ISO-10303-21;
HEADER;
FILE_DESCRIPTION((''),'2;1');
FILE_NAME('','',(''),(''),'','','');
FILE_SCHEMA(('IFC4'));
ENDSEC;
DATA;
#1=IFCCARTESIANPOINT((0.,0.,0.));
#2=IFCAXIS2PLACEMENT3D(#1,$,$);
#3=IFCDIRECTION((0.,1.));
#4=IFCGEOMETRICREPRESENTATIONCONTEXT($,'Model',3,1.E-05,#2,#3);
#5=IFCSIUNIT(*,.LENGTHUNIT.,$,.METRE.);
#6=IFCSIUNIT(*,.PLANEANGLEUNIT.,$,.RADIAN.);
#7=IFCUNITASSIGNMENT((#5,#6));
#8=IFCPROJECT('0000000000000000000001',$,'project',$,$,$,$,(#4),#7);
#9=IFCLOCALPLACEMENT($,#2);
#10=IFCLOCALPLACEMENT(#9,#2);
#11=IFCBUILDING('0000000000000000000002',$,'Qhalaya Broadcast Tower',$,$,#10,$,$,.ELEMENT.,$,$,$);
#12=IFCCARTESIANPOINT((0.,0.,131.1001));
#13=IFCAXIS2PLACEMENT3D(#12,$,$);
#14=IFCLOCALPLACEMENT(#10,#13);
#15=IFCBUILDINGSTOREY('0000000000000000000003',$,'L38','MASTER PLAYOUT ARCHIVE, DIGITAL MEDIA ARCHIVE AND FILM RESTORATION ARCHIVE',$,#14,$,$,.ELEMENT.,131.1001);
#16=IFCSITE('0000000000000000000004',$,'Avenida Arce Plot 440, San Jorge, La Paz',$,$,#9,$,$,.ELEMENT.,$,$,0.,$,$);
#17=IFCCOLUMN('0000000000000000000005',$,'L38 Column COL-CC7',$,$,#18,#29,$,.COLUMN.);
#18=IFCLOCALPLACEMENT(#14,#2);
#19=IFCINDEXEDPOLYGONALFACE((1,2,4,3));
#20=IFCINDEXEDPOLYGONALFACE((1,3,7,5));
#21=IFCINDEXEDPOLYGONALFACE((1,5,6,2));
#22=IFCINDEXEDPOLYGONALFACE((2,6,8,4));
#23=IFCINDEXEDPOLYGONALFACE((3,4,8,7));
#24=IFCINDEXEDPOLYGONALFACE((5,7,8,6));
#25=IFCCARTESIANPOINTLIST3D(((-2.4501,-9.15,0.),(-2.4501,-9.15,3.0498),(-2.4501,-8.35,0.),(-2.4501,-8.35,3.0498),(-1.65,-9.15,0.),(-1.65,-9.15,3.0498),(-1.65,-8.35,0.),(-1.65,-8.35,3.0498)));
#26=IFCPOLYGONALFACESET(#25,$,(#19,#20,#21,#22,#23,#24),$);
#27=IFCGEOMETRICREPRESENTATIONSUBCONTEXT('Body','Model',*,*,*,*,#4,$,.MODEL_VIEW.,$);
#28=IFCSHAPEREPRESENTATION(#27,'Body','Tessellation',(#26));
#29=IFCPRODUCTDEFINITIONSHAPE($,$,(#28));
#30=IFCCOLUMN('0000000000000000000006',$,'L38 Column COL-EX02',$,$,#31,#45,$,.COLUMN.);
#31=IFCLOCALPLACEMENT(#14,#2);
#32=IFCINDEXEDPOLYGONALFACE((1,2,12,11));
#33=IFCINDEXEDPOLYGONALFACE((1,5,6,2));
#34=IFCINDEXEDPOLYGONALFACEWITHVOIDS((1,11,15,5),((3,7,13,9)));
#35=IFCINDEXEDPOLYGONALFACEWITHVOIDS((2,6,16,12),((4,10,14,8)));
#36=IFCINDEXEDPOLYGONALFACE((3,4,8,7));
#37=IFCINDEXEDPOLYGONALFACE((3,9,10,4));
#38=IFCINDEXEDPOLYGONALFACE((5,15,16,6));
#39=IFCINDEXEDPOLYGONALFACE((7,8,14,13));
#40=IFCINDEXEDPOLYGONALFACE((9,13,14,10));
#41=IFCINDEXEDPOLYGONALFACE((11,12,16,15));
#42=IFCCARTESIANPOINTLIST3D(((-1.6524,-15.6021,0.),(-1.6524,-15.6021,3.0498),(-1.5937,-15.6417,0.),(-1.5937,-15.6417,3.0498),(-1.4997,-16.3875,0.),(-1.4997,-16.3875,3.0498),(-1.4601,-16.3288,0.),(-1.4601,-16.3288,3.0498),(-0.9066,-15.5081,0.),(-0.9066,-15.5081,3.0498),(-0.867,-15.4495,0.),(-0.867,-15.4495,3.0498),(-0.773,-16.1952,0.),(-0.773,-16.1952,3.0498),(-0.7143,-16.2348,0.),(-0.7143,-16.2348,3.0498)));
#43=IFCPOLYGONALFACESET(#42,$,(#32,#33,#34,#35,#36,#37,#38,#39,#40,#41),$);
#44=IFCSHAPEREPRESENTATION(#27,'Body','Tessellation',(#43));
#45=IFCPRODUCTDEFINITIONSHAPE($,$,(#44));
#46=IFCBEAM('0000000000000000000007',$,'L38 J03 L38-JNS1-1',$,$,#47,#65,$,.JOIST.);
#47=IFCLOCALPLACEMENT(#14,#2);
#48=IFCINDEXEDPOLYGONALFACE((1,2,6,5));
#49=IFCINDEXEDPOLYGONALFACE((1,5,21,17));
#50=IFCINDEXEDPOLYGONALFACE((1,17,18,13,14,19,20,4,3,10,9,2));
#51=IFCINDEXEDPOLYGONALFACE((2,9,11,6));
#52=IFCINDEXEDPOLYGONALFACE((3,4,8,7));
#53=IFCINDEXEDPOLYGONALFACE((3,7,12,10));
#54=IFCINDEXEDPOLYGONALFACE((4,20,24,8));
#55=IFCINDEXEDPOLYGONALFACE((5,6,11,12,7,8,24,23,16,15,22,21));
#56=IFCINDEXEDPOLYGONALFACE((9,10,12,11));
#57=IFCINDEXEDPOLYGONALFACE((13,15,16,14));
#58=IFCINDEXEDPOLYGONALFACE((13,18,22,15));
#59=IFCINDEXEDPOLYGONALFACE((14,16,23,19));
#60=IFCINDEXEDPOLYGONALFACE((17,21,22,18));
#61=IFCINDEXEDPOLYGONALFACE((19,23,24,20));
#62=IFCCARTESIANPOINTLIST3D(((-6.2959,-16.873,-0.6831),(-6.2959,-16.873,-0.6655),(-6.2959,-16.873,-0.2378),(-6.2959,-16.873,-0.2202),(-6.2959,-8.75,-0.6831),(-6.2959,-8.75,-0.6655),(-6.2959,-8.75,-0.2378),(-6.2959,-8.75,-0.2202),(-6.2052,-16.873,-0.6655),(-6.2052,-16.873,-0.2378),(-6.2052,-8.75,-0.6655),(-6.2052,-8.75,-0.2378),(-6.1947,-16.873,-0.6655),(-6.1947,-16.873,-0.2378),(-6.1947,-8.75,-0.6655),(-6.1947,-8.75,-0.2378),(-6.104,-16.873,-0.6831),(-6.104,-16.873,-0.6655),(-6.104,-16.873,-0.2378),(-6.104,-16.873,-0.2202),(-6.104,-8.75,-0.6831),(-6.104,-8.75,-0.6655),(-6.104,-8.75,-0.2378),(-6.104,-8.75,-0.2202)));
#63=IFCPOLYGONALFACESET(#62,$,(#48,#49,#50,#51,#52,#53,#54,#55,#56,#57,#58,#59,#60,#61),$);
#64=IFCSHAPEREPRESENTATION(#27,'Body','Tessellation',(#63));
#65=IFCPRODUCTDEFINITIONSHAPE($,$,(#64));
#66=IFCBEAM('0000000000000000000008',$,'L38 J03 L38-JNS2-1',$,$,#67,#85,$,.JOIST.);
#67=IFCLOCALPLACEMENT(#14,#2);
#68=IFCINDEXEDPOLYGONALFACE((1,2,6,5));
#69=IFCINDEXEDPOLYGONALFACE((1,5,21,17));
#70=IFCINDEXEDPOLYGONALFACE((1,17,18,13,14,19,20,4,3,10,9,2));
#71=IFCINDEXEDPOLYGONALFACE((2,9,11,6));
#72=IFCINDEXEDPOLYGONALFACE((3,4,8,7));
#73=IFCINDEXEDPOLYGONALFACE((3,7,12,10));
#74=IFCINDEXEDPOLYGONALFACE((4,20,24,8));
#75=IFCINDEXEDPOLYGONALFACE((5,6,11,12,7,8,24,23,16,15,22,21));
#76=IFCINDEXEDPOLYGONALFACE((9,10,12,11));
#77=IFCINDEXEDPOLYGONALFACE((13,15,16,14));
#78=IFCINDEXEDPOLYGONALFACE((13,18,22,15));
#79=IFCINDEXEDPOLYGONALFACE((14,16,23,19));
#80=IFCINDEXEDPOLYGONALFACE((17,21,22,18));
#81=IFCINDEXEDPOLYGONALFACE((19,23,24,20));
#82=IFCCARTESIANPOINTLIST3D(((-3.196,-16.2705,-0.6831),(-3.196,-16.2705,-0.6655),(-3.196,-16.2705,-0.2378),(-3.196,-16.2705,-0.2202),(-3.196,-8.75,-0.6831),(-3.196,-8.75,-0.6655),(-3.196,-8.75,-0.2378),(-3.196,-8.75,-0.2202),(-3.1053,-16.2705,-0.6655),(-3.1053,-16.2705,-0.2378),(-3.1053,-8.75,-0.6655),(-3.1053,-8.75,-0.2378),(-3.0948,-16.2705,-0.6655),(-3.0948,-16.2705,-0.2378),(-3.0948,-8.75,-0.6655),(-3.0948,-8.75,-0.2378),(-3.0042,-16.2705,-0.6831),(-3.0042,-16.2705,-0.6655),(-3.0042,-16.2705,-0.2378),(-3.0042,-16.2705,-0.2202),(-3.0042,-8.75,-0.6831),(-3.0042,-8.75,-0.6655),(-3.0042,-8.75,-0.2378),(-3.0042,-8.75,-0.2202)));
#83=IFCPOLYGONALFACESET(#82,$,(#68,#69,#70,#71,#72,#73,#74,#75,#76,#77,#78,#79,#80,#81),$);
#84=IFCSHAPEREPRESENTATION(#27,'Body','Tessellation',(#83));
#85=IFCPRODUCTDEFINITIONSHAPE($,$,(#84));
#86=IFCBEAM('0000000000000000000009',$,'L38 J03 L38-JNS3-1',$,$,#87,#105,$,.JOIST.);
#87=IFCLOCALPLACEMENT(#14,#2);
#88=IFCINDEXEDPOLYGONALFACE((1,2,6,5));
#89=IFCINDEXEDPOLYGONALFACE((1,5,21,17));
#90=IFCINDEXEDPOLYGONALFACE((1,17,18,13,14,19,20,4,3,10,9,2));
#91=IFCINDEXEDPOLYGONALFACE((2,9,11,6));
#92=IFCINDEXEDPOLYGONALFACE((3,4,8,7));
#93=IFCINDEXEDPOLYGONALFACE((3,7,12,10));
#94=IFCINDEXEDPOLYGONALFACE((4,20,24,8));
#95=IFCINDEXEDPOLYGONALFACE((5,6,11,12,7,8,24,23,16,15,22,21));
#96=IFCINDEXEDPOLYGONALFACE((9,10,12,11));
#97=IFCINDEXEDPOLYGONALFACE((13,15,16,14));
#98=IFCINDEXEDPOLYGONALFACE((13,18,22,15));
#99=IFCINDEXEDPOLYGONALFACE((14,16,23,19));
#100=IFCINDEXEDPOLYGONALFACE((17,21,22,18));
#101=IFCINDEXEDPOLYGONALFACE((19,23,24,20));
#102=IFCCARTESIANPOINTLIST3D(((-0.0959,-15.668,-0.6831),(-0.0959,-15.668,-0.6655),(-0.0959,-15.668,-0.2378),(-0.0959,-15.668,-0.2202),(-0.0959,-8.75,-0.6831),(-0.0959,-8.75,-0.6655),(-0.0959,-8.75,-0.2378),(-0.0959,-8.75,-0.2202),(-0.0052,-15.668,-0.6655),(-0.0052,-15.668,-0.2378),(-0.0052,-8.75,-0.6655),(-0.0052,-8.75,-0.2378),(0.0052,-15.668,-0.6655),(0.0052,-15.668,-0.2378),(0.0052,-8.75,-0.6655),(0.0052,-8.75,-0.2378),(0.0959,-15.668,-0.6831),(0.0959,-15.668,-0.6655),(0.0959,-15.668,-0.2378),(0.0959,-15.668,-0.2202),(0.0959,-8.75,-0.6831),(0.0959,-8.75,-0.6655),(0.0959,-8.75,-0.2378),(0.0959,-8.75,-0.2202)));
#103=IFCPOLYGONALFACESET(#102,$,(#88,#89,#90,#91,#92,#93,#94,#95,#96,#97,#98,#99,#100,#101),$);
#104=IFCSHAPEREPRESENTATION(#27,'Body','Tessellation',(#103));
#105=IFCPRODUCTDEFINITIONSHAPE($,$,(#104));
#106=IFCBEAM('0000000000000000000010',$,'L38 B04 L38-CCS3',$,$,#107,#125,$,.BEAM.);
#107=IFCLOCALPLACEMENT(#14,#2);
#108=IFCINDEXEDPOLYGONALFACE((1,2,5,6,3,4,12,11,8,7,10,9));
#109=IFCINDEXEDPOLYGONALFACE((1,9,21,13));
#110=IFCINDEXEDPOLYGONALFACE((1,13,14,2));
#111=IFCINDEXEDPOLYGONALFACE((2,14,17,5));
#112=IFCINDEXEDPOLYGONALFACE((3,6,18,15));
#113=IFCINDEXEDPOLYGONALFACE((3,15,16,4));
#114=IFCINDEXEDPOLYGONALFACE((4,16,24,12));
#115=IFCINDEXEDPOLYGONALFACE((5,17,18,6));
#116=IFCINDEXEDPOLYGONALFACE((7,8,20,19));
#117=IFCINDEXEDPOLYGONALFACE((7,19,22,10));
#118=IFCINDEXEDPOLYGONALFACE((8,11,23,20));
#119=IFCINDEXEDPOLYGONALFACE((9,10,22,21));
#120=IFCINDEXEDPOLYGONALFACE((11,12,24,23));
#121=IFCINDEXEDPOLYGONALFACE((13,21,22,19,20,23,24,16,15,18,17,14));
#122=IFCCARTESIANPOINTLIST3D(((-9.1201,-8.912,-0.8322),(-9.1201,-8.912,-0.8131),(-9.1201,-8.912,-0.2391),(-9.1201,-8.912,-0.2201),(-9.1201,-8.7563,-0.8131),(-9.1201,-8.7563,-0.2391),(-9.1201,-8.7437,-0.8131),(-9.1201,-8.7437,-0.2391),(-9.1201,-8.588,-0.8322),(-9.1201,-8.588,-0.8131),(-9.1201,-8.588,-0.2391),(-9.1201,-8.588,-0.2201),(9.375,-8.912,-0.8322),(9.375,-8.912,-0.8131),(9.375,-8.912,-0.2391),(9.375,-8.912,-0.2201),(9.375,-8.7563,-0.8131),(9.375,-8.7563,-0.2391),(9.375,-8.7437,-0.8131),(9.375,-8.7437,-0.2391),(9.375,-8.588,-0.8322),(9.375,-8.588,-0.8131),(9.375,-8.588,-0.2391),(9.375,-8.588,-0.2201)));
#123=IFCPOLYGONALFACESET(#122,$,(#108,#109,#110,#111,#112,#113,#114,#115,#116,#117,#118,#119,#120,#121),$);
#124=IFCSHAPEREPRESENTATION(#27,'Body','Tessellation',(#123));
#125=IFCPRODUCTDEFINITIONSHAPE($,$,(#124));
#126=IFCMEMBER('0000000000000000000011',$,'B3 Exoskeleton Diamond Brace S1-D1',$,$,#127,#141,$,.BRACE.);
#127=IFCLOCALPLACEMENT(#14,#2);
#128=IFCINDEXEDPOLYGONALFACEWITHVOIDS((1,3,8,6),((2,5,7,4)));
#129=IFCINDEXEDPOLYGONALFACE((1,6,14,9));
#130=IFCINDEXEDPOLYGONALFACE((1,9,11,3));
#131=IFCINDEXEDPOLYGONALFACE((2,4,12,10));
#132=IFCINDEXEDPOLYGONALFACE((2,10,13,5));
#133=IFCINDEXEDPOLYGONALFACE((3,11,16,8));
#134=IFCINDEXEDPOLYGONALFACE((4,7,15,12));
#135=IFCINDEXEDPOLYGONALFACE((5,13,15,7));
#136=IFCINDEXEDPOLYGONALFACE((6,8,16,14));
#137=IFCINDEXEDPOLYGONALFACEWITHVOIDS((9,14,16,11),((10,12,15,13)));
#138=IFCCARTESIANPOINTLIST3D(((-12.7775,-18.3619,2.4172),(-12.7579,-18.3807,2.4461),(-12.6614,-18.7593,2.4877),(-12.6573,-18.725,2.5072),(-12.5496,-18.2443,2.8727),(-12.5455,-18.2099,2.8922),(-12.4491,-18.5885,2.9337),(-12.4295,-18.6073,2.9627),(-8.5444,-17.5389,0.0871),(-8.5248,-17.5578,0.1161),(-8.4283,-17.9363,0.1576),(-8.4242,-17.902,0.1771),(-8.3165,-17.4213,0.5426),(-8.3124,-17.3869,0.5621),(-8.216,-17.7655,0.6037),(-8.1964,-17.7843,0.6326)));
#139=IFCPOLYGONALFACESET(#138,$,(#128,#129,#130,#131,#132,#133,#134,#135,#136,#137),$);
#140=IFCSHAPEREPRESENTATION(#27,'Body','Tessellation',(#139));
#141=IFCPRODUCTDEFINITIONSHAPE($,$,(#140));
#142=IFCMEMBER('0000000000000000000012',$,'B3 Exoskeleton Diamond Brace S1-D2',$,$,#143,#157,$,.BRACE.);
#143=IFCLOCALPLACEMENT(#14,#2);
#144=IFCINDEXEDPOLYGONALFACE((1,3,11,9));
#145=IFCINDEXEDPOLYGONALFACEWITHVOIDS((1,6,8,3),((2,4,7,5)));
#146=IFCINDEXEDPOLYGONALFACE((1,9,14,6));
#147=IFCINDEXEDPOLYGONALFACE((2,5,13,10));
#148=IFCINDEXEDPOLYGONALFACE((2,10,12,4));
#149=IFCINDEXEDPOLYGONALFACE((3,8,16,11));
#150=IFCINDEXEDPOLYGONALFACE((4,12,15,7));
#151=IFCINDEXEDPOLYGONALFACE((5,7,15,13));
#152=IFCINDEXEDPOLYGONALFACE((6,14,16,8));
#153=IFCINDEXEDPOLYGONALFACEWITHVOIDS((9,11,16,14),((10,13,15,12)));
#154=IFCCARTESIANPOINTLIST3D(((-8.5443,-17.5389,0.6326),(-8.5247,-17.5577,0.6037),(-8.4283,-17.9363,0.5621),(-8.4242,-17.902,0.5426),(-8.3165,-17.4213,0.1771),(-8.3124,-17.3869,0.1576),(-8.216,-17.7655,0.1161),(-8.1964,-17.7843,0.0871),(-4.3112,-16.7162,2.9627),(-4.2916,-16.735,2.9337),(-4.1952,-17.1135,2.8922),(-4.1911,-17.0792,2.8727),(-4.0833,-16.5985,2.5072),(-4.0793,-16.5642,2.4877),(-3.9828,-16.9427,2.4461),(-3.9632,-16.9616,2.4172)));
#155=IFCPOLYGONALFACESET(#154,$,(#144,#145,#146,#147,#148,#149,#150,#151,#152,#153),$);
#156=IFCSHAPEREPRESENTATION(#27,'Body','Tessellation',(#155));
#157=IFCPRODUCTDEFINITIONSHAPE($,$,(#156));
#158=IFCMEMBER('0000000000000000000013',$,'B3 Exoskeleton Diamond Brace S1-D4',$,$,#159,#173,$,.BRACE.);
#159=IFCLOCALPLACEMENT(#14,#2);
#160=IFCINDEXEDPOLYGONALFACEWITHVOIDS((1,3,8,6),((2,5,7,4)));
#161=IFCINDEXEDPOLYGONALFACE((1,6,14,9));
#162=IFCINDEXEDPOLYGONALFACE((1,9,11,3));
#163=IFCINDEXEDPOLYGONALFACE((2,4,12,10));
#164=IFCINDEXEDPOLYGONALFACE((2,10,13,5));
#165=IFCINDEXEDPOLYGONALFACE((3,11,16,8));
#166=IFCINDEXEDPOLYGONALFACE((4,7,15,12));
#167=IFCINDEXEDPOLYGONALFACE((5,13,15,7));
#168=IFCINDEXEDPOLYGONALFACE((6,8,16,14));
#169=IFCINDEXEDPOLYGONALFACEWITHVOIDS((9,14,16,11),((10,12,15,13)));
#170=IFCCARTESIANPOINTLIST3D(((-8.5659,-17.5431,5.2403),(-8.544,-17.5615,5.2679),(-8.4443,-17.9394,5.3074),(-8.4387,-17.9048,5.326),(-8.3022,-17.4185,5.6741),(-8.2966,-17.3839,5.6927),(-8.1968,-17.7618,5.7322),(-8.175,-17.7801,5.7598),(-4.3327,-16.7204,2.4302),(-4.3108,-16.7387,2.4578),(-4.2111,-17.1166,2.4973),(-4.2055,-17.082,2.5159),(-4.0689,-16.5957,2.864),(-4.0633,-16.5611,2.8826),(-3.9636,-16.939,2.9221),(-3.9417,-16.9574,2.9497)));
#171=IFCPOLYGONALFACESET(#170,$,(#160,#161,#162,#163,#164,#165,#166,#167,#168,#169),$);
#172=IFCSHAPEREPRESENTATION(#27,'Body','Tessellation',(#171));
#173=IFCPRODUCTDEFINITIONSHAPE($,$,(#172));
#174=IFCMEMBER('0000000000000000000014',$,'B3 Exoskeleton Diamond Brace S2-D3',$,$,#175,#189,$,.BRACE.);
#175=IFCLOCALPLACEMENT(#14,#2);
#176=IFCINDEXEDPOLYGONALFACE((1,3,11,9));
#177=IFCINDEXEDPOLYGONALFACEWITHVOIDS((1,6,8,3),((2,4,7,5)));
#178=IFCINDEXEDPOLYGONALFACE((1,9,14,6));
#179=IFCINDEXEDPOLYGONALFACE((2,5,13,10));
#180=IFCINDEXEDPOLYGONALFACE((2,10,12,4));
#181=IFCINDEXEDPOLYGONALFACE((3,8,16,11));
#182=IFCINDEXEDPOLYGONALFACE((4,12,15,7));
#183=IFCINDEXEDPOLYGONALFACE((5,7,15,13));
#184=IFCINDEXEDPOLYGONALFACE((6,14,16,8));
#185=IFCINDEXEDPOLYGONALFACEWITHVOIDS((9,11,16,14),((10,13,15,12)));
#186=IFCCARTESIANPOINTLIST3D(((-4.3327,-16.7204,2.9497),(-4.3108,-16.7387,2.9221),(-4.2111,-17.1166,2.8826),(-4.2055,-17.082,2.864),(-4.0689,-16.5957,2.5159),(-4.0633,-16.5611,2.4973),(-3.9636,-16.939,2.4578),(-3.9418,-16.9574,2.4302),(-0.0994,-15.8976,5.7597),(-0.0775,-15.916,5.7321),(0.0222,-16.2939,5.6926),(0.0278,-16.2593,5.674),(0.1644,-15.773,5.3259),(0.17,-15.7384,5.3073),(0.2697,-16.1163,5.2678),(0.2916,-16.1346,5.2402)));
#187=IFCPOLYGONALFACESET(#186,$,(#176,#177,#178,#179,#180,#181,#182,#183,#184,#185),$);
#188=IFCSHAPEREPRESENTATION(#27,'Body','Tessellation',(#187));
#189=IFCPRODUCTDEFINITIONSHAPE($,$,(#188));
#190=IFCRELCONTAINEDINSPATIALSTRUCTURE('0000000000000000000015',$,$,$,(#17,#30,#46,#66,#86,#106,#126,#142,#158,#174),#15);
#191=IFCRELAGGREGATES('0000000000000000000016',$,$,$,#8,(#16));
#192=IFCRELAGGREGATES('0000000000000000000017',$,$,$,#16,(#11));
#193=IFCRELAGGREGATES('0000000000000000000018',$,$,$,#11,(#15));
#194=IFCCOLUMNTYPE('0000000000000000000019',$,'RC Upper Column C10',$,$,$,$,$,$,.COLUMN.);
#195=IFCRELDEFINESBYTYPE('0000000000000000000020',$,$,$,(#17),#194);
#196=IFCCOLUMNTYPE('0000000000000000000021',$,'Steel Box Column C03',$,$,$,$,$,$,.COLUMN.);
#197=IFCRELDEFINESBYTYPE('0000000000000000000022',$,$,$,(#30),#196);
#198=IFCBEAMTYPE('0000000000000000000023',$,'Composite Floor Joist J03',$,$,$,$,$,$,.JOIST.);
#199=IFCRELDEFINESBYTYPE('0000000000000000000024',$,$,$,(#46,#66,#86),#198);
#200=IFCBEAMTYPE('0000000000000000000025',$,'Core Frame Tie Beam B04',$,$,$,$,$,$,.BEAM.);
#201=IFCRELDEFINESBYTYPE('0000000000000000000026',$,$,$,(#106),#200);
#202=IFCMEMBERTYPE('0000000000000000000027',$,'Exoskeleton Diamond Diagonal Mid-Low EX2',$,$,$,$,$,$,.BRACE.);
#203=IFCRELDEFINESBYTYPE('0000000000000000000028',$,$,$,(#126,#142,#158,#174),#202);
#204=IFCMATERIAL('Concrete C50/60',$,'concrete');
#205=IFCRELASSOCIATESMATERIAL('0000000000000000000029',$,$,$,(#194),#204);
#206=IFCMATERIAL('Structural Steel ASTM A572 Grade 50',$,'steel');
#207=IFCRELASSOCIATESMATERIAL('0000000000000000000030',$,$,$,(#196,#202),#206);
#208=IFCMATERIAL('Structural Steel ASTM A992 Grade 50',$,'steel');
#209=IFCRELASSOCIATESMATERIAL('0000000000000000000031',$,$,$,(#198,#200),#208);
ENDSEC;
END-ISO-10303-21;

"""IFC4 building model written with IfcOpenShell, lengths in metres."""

from ifc_helpers import new_model, si_unit, direction, frame, origin, origin_2d, place, context, subcontext, project, spatial, rectangle, hollow_rectangle, i_section, extrude, material, material_profile, profile_set, type_object, element, save


model = new_model("IFC4")

# Units and contexts
model_context = context("Model", 3, precision=1e-05, world=origin(), true_north=direction((0.0, 1.0)))
body_context = subcontext(model_context, "Body", "Model", "MODEL_VIEW")
ifc_project = project(units=[si_unit("LENGTHUNIT", "METRE"), si_unit("PLANEANGLEUNIT", "RADIAN")], contexts=[model_context])

# Site, building, storey
site_placement = place(None, origin())
site = spatial("IfcSite", under=ifc_project, at=site_placement, Name="Avenida Arce Plot 440, San Jorge, La Paz", CompositionType="ELEMENT", RefElevation=0.0)
building_placement = place(site_placement, origin())
building = spatial("IfcBuilding", under=site, at=building_placement, Name="Qhalaya Broadcast Tower", CompositionType="ELEMENT")
storey_placement = place(building_placement, frame((0.0, 0.0, 131.1001)))
storey = spatial("IfcBuildingStorey", under=building, at=storey_placement, Name="L38", Description="MASTER PLAYOUT ARCHIVE, DIGITAL MEDIA ARCHIVE AND FILM RESTORATION ARCHIVE", CompositionType="ELEMENT", Elevation=131.1001)

# Columns
ifc_material_1 = material(Name="Concrete C50/60", Category="concrete")
ifc_material_profile_1 = material_profile(ifc_material_1, rectangle(XDim=0.8, YDim=0.8, at=origin_2d()), Name="RC-COL 800x800")
ifc_profile_set_1 = profile_set([ifc_material_profile_1], Name="Concrete C50/60")
column_type_1 = type_object("IfcColumnType", Name="RC Upper Column C10", PredefinedType="COLUMN", material=ifc_profile_set_1)
column_1_placement = place(storey_placement, frame((-2.05, -8.75, 0.0), z_axis=(0.0, 0.0, 1.0), x_axis=(1.0, 0.0, 0.0)))
element("IfcColumn", 1, at=column_1_placement, inside=storey, type_object=column_type_1, Name="L38 Column COL-CC7", PredefinedType="COLUMN", context=body_context, shape_type="SweptSolid", body=[
    extrude(rectangle(XDim=0.8, YDim=0.8, at=origin_2d()), origin(), (0.0, 0.0, 1.0), 3.0498),
])
ifc_material_2 = material(Name="Structural Steel ASTM A572 Grade 50", Category="steel")
ifc_material_profile_2 = material_profile(ifc_material_2, hollow_rectangle(XDim=0.8, YDim=0.8, WallThickness=0.05, at=origin_2d()), Name="BOX 800x800x50")
ifc_profile_set_2 = profile_set([ifc_material_profile_2], Name="Structural Steel ASTM A572 Grade 50")
column_type_2 = type_object("IfcColumnType", Name="Steel Box Column C03", PredefinedType="COLUMN", material=ifc_profile_set_2)
column_2_placement = place(storey_placement, frame((-1.1833, -15.9185, 0.0), z_axis=(0.0, 0.0, 1.0), x_axis=(0.981627, 0.190809, 0.0)))
element("IfcColumn", 2, at=column_2_placement, inside=storey, type_object=column_type_2, Name="L38 Column COL-EX02", PredefinedType="COLUMN", context=body_context, shape_type="SweptSolid", body=[
    extrude(hollow_rectangle(XDim=0.8, YDim=0.8, WallThickness=0.05, at=origin_2d()), origin(), (0.0, 0.0, 1.0), 3.0498),
])

# Beams
ifc_material_3 = material(Name="Structural Steel ASTM A992 Grade 50", Category="steel")
ifc_material_profile_3 = material_profile(ifc_material_3, i_section(OverallWidth=0.1919, OverallDepth=0.4629, WebThickness=0.0105, FlangeThickness=0.0176, at=origin_2d()), Name="W18X60")
ifc_profile_set_3 = profile_set([ifc_material_profile_3], Name="Structural Steel ASTM A992 Grade 50")
beam_type_1 = type_object("IfcBeamType", Name="Composite Floor Joist J03", PredefinedType="JOIST", material=ifc_profile_set_3)
beam_1_placement = place(storey_placement, frame((-6.2, -16.873, -0.4517), z_axis=(0.0, 1.0, 0.0), x_axis=(-1.0, 0.0, 0.0)))
element("IfcBeam", 3, at=beam_1_placement, inside=storey, type_object=beam_type_1, Name="L38 J03 L38-JNS1-1", PredefinedType="JOIST", context=body_context, shape_type="SweptSolid", body=[
    extrude(i_section(OverallWidth=0.1919, OverallDepth=0.4629, WebThickness=0.0105, FlangeThickness=0.0176, at=origin_2d()), origin(), (0.0, 0.0, 1.0), 8.123),
])
beam_2_placement = place(storey_placement, frame((-3.1001, -16.2705, -0.4517), z_axis=(0.0, 1.0, 0.0), x_axis=(-1.0, 0.0, 0.0)))
element("IfcBeam", 4, at=beam_2_placement, inside=storey, type_object=beam_type_1, Name="L38 J03 L38-JNS2-1", PredefinedType="JOIST", context=body_context, shape_type="SweptSolid", body=[
    extrude(i_section(OverallWidth=0.1919, OverallDepth=0.4629, WebThickness=0.0105, FlangeThickness=0.0176, at=origin_2d()), origin(), (0.0, 0.0, 1.0), 7.5205),
])
beam_3_placement = place(storey_placement, frame((0.0, -15.668, -0.4517), z_axis=(0.0, 1.0, 0.0), x_axis=(-1.0, 0.0, 0.0)))
element("IfcBeam", 5, at=beam_3_placement, inside=storey, type_object=beam_type_1, Name="L38 J03 L38-JNS3-1", PredefinedType="JOIST", context=body_context, shape_type="SweptSolid", body=[
    extrude(i_section(OverallWidth=0.1919, OverallDepth=0.4629, WebThickness=0.0105, FlangeThickness=0.0176, at=origin_2d()), origin(), (0.0, 0.0, 1.0), 6.918),
])
ifc_material_profile_4 = material_profile(ifc_material_3, i_section(OverallWidth=0.324, OverallDepth=0.6121, WebThickness=0.0127, FlangeThickness=0.019, at=origin_2d()), Name="W24X104")
ifc_profile_set_4 = profile_set([ifc_material_profile_4], Name="Structural Steel ASTM A992 Grade 50")
beam_type_2 = type_object("IfcBeamType", Name="Core Frame Tie Beam B04", PredefinedType="BEAM", material=ifc_profile_set_4)
beam_4_placement = place(storey_placement, frame((-9.1201, -8.75, -0.5261), z_axis=(1.0, 0.0, 0.0), x_axis=(0.0, 1.0, 0.0)))
element("IfcBeam", 6, at=beam_4_placement, inside=storey, type_object=beam_type_2, Name="L38 B04 L38-CCS3", PredefinedType="BEAM", context=body_context, shape_type="SweptSolid", body=[
    extrude(i_section(OverallWidth=0.324, OverallDepth=0.6121, WebThickness=0.0127, FlangeThickness=0.019, at=origin_2d()), origin(), (0.0, 0.0, 1.0), 18.4951),
])

# Members
ifc_material_profile_5 = material_profile(ifc_material_2, hollow_rectangle(XDim=0.4199, YDim=0.55, WallThickness=0.0281, at=origin_2d()), Name="BOX 420x550x28")
ifc_profile_set_5 = profile_set([ifc_material_profile_5], Name="Structural Steel ASTM A572 Grade 50")
member_type = type_object("IfcMemberType", Name="Exoskeleton Diamond Diagonal Mid-Low EX2", PredefinedType="BRACE", material=ifc_profile_set_5)
for number, where, z_axis, x_axis, name in (
    (7, (-8.3704, -17.6616, 0.3599), (-0.863618, -0.167902, 0.475366), (0.276375, -0.946275, 0.167871), "B3 Exoskeleton Diamond Brace S1-D1"),
    (8, (-8.3704, -17.6616, 0.3599), (0.863625, 0.167854, 0.47537), (-0.276323, 0.94629, 0.167871), "B3 Exoskeleton Diamond Brace S1-D2"),
):
    element("IfcMember", number, at=place(storey_placement, frame(where, z_axis=z_axis, x_axis=x_axis)), inside=storey, type_object=member_type, Name=name, PredefinedType="BRACE", context=body_context, shape_type="SweptSolid", body=[
        extrude(hollow_rectangle(XDim=0.4199, YDim=0.55, WallThickness=0.0281, at=origin_2d()), origin(), (0.0, 0.0, 1.0), 4.9016),
    ])
for number, where, z_axis, x_axis, name in (
    (9, (-4.1372, -16.8389, 2.6899), (-0.82243, -0.159847, 0.545947), (0.289542, -0.943721, 0.159864), "B3 Exoskeleton Diamond Brace S1-D4"),
    (10, (-4.1372, -16.8389, 2.6899), (0.822445, 0.159841, 0.545925), (-0.289528, 0.943725, 0.159866), "B3 Exoskeleton Diamond Brace S2-D3"),
):
    element("IfcMember", number, at=place(storey_placement, frame(where, z_axis=z_axis, x_axis=x_axis)), inside=storey, type_object=member_type, Name=name, PredefinedType="BRACE", context=body_context, shape_type="SweptSolid", body=[
        extrude(hollow_rectangle(XDim=0.4199, YDim=0.55, WallThickness=0.0281, at=origin_2d()), origin(), (0.0, 0.0, 1.0), 5.1472),
    ])

save(model, "model.ifc")
